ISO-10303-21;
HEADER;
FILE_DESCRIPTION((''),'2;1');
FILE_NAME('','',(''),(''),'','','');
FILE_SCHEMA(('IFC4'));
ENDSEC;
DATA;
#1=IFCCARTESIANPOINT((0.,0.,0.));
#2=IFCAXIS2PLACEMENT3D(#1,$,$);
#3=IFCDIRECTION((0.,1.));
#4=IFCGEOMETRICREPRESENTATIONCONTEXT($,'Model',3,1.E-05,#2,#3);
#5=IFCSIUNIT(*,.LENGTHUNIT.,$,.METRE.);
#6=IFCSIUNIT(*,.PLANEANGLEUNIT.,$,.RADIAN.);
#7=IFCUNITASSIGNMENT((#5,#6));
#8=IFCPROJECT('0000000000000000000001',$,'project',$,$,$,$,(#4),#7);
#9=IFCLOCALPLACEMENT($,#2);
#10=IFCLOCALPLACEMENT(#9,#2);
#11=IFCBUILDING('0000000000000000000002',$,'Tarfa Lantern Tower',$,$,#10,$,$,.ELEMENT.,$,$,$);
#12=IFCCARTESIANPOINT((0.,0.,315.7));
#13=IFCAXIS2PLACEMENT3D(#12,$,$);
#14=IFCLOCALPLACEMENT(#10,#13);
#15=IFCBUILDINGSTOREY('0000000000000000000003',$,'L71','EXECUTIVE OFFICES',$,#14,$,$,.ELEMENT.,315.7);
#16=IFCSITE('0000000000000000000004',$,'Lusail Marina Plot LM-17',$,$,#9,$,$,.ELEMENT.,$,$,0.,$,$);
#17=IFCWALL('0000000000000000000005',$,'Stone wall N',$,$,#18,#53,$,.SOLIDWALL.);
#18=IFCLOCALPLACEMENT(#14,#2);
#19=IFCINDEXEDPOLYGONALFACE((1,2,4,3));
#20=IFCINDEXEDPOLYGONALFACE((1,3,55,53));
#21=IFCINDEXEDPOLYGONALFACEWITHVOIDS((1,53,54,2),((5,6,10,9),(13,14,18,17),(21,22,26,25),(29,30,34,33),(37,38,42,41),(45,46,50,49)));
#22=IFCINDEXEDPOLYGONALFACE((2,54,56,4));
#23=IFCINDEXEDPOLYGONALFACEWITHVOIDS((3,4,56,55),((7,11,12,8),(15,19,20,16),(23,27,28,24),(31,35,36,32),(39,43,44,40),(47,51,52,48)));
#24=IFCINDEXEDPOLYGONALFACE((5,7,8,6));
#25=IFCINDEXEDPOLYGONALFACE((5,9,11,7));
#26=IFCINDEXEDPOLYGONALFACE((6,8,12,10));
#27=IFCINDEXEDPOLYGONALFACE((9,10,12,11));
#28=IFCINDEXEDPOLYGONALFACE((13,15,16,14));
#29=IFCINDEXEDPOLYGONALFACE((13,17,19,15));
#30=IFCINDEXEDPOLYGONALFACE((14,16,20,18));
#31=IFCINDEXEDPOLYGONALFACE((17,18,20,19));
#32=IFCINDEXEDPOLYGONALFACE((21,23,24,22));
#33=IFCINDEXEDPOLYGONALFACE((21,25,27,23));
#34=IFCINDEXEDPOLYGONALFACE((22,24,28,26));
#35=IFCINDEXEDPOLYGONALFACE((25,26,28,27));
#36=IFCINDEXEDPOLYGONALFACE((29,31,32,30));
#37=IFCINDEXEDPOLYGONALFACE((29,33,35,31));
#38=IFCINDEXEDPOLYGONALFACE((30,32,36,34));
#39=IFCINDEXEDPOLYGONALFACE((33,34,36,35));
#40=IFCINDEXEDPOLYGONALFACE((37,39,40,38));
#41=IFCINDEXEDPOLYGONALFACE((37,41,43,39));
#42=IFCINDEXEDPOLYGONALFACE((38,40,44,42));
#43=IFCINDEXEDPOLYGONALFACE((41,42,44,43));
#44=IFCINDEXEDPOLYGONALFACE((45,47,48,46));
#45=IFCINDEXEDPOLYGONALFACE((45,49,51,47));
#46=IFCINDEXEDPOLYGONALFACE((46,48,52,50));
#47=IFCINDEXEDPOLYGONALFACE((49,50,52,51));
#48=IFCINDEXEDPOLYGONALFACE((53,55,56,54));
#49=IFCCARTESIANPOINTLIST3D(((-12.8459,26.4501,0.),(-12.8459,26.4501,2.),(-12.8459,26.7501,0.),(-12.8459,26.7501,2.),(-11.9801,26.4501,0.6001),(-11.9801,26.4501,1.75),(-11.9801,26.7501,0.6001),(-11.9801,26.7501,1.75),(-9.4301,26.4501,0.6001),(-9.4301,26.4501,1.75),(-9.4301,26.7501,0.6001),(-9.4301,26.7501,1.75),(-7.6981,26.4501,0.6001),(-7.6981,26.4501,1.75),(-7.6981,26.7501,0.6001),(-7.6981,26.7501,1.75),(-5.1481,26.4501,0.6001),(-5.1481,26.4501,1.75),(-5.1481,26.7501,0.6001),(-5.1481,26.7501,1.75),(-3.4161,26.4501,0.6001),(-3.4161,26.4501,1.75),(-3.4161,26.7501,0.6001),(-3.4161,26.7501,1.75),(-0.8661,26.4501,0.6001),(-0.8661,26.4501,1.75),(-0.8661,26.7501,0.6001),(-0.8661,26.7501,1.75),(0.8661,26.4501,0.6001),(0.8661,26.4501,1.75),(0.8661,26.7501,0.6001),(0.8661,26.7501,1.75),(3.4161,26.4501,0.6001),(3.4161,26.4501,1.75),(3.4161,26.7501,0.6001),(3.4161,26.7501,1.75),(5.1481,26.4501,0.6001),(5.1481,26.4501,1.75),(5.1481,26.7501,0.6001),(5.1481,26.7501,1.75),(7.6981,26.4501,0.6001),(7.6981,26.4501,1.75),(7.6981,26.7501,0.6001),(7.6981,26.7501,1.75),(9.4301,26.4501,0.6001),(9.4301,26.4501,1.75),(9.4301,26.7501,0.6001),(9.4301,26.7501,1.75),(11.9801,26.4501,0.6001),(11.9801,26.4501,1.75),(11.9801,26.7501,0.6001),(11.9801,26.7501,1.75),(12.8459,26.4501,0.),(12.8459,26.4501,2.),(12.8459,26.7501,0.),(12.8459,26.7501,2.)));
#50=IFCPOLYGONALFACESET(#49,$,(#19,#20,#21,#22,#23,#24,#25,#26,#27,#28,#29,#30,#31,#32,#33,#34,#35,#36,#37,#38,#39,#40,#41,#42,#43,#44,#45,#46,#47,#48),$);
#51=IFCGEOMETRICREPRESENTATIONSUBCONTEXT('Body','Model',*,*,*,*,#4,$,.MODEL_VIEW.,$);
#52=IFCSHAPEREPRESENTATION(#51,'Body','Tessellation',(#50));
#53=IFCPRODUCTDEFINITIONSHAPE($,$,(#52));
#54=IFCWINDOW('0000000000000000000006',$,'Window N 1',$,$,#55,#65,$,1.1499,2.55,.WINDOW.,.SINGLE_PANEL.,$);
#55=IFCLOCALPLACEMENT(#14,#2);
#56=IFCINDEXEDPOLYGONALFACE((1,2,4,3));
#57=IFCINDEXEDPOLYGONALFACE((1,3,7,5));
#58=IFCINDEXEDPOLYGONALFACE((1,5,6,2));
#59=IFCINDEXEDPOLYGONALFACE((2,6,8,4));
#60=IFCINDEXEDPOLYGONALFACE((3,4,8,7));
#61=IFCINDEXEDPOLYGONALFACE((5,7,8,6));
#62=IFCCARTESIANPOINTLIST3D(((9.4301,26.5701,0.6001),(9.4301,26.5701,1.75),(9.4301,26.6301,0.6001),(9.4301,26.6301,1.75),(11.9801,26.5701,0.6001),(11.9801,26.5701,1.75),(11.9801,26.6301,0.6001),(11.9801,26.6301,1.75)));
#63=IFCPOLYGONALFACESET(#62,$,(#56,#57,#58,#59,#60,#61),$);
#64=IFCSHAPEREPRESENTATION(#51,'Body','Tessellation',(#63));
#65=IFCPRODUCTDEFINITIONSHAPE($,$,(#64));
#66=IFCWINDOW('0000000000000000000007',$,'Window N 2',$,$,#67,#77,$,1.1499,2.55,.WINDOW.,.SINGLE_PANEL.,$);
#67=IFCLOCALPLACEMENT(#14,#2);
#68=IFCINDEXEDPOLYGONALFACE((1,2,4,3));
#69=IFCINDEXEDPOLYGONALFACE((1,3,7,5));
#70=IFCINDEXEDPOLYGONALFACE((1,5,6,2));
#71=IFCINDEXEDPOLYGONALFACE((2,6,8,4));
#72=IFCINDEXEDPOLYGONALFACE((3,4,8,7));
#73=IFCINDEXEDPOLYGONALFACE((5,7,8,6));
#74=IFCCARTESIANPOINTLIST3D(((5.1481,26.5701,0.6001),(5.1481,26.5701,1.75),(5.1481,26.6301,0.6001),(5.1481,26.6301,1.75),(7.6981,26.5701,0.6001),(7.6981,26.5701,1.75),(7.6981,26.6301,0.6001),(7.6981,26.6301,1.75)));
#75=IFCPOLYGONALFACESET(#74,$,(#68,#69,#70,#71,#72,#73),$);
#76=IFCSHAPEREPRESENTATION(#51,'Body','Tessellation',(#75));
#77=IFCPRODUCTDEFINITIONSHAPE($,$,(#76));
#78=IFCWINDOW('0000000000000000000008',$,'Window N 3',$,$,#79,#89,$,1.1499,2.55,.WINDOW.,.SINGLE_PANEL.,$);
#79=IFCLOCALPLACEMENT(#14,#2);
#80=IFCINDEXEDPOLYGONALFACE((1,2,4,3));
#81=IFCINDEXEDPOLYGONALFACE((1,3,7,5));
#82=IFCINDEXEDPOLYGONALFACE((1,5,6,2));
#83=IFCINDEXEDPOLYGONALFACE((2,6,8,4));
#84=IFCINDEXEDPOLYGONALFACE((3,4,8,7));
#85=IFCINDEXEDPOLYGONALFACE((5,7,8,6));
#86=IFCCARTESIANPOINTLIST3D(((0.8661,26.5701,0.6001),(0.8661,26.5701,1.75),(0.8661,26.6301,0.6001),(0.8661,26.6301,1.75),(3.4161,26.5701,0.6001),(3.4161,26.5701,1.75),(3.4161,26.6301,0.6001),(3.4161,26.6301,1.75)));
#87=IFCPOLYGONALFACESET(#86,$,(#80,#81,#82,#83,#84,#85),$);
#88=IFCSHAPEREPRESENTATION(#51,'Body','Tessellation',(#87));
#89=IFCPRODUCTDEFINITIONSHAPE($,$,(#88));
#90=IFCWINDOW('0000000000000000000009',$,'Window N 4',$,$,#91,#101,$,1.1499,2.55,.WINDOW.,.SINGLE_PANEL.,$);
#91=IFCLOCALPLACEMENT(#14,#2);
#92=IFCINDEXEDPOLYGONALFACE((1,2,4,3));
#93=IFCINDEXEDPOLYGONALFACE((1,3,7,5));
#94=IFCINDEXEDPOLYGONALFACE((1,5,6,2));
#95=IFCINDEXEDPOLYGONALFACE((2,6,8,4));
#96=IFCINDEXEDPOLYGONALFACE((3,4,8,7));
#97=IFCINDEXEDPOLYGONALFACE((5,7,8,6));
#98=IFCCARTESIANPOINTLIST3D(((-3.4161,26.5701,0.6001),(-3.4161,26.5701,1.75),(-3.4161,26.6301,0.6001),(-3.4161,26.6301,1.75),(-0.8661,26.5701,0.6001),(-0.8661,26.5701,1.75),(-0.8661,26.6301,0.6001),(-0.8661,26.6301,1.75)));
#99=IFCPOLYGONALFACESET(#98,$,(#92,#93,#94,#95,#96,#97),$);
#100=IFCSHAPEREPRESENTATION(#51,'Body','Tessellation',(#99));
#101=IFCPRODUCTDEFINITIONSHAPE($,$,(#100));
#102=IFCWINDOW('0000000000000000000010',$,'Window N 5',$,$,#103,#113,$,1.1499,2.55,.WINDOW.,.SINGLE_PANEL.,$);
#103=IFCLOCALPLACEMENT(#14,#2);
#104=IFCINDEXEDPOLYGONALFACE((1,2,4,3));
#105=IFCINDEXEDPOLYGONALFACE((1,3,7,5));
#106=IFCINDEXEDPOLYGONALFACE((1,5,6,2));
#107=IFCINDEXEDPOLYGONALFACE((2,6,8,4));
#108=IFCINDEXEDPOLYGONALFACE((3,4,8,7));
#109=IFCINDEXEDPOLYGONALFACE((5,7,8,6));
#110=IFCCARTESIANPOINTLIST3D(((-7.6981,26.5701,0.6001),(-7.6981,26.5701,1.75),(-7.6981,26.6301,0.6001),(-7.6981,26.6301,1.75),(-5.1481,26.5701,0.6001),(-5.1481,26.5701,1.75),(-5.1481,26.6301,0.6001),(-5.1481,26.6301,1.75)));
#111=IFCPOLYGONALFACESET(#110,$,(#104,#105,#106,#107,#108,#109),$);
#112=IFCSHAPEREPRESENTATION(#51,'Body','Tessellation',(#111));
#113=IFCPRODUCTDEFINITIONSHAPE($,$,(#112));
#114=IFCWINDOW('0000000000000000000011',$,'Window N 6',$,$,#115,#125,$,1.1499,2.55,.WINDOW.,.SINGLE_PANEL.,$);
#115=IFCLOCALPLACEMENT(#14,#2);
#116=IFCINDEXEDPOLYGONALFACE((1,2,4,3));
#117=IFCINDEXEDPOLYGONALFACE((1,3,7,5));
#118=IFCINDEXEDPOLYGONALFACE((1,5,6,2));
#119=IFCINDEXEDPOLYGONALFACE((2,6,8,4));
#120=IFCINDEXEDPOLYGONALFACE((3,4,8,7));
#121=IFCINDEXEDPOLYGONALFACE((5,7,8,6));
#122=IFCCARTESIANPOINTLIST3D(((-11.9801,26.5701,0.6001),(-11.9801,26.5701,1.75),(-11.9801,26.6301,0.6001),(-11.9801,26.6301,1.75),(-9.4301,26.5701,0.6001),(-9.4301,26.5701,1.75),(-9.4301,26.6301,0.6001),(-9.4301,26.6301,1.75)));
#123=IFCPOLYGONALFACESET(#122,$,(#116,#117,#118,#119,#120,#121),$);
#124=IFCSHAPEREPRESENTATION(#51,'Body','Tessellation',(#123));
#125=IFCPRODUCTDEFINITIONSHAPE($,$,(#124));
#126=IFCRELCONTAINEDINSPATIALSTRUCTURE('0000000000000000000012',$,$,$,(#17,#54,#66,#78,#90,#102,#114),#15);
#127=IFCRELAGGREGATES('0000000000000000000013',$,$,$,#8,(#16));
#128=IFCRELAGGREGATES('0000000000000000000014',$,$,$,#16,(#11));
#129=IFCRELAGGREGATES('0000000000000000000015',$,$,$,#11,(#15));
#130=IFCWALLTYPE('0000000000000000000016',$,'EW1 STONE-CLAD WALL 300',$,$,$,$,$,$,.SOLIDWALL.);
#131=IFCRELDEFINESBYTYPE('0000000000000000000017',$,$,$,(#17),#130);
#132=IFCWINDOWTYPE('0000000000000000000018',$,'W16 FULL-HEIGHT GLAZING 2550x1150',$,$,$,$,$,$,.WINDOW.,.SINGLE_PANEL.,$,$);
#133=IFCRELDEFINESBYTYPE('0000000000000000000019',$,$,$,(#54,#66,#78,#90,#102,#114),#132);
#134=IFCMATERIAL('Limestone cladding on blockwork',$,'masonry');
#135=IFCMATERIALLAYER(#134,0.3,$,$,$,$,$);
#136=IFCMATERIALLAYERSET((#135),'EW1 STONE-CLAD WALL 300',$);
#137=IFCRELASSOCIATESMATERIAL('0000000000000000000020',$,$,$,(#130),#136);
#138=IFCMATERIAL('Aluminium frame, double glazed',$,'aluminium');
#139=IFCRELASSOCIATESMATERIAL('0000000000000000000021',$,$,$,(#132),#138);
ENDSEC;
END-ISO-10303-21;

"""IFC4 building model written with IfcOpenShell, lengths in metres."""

from ifc_helpers import new_model, si_unit, direction, frame, frame_2d, origin, place, context, subcontext, project, spatial, rectangle, extrude, material, layer, layer_set, type_object, element, fill, save


model = new_model("IFC4")

# Units and contexts
model_context = context("Model", 3, precision=1e-05, world=origin(), true_north=direction((0.0, 1.0)))
body_context = subcontext(model_context, "Body", "Model", "MODEL_VIEW")
ifc_project = project(units=[si_unit("LENGTHUNIT", "METRE"), si_unit("PLANEANGLEUNIT", "RADIAN")], contexts=[model_context])

# Site, building, storey
site_placement = place(None, origin())
site = spatial("IfcSite", under=ifc_project, at=site_placement, Name="Lusail Marina Plot LM-17", CompositionType="ELEMENT", RefElevation=0.0)
building_placement = place(site_placement, origin())
building = spatial("IfcBuilding", under=site, at=building_placement, Name="Tarfa Lantern Tower", CompositionType="ELEMENT")
storey_placement = place(building_placement, frame((0.0, 0.0, 315.7)))
storey = spatial("IfcBuildingStorey", under=building, at=storey_placement, Name="L71", Description="EXECUTIVE OFFICES", CompositionType="ELEMENT", Elevation=315.7)

# Wall, openings, windows
ifc_material_1 = material(Name="Limestone cladding on blockwork", Category="masonry")
ifc_layer_1 = layer(ifc_material_1, 0.3)
ifc_layer_set_1 = layer_set([ifc_layer_1], Name="EW1 STONE-CLAD WALL 300")
wall_type = type_object("IfcWallType", Name="EW1 STONE-CLAD WALL 300", PredefinedType="SOLIDWALL", material=ifc_layer_set_1)
wall_placement = place(storey_placement, frame((12.8459, 26.6001, 0.0), z_axis=(0.0, 0.0, 1.0), x_axis=(-1.0, 0.0, 0.0)))
wall = element("IfcWall", 1, at=wall_placement, inside=storey, type_object=wall_type, Name="Stone wall N", PredefinedType="SOLIDWALL", context=body_context, shape_type="SweptSolid", body=[
    extrude(rectangle(XDim=25.6919, YDim=0.3, at=frame_2d((12.8459, 0.0))), origin(), (0.0, 0.0, 1.0), 2.0),
])
opening_1_placement = place(wall_placement, frame((0.866, 0.0, 0.6001)))
opening_1 = element("IfcOpeningElement", 2, at=opening_1_placement, cuts=wall, PredefinedType="OPENING", context=body_context, shape_type="SweptSolid", body=[
    extrude(rectangle(XDim=2.55, YDim=1.1499, at=frame_2d((1.2749, 0.575))), frame((0.0, 0.1599, 0.0), z_axis=(0.0, -1.0, 0.0), x_axis=(1.0, 0.0, 0.0)), (0.0, 0.0, 1.0), 0.3201),
])
opening_2_placement = place(wall_placement, frame((5.1479, 0.0, 0.6001)))
opening_2 = element("IfcOpeningElement", 3, at=opening_2_placement, cuts=wall, PredefinedType="OPENING", context=body_context, shape_type="SweptSolid", body=[
    extrude(rectangle(XDim=2.55, YDim=1.1499, at=frame_2d((1.2749, 0.575))), frame((0.0, 0.1599, 0.0), z_axis=(0.0, -1.0, 0.0), x_axis=(1.0, 0.0, 0.0)), (0.0, 0.0, 1.0), 0.3201),
])
opening_3_placement = place(wall_placement, frame((9.4299, 0.0, 0.6001)))
opening_3 = element("IfcOpeningElement", 4, at=opening_3_placement, cuts=wall, PredefinedType="OPENING", context=body_context, shape_type="SweptSolid", body=[
    extrude(rectangle(XDim=2.55, YDim=1.1499, at=frame_2d((1.2749, 0.575))), frame((0.0, 0.1599, 0.0), z_axis=(0.0, -1.0, 0.0), x_axis=(1.0, 0.0, 0.0)), (0.0, 0.0, 1.0), 0.3201),
])
opening_4_placement = place(wall_placement, frame((13.7122, 0.0, 0.6001)))
opening_4 = element("IfcOpeningElement", 5, at=opening_4_placement, cuts=wall, PredefinedType="OPENING", context=body_context, shape_type="SweptSolid", body=[
    extrude(rectangle(XDim=2.55, YDim=1.1499, at=frame_2d((1.2749, 0.575))), frame((0.0, 0.1599, 0.0), z_axis=(0.0, -1.0, 0.0), x_axis=(1.0, 0.0, 0.0)), (0.0, 0.0, 1.0), 0.3201),
])
opening_5_placement = place(wall_placement, frame((17.9941, 0.0, 0.6001)))
opening_5 = element("IfcOpeningElement", 6, at=opening_5_placement, cuts=wall, PredefinedType="OPENING", context=body_context, shape_type="SweptSolid", body=[
    extrude(rectangle(XDim=2.55, YDim=1.1499, at=frame_2d((1.2749, 0.575))), frame((0.0, 0.1599, 0.0), z_axis=(0.0, -1.0, 0.0), x_axis=(1.0, 0.0, 0.0)), (0.0, 0.0, 1.0), 0.3201),
])
opening_6_placement = place(wall_placement, frame((22.2761, 0.0, 0.6001)))
opening_6 = element("IfcOpeningElement", 7, at=opening_6_placement, cuts=wall, PredefinedType="OPENING", context=body_context, shape_type="SweptSolid", body=[
    extrude(rectangle(XDim=2.55, YDim=1.1499, at=frame_2d((1.2749, 0.575))), frame((0.0, 0.1599, 0.0), z_axis=(0.0, -1.0, 0.0), x_axis=(1.0, 0.0, 0.0)), (0.0, 0.0, 1.0), 0.3201),
])
ifc_material_2 = material(Name="Aluminium frame, double glazed", Category="aluminium")
window_type = type_object("IfcWindowType", Name="W16 FULL-HEIGHT GLAZING 2550x1150", PartitioningType="SINGLE_PANEL", PredefinedType="WINDOW", material=ifc_material_2)
window_1_placement = place(opening_1_placement, origin())
window_1 = element("IfcWindow", 8, at=window_1_placement, inside=storey, type_object=window_type, Name="Window N 1", OverallHeight=1.1499, OverallWidth=2.55, PartitioningType="SINGLE_PANEL", PredefinedType="WINDOW", context=body_context, shape_type="SweptSolid", body=[
    extrude(rectangle(XDim=2.55, YDim=1.1499, at=frame_2d((1.2749, 0.575))), frame((0.0, 0.03, 0.0), z_axis=(0.0, -1.0, 0.0), x_axis=(1.0, 0.0, 0.0)), (0.0, 0.0, 1.0), 0.0601),
])
fill(opening_1, window_1)
window_2_placement = place(opening_2_placement, origin())
window_2 = element("IfcWindow", 9, at=window_2_placement, inside=storey, type_object=window_type, Name="Window N 2", OverallHeight=1.1499, OverallWidth=2.55, PartitioningType="SINGLE_PANEL", PredefinedType="WINDOW", context=body_context, shape_type="SweptSolid", body=[
    extrude(rectangle(XDim=2.55, YDim=1.1499, at=frame_2d((1.2749, 0.575))), frame((0.0, 0.03, 0.0), z_axis=(0.0, -1.0, 0.0), x_axis=(1.0, 0.0, 0.0)), (0.0, 0.0, 1.0), 0.0601),
])
fill(opening_2, window_2)
window_3_placement = place(opening_3_placement, origin())
window_3 = element("IfcWindow", 10, at=window_3_placement, inside=storey, type_object=window_type, Name="Window N 3", OverallHeight=1.1499, OverallWidth=2.55, PartitioningType="SINGLE_PANEL", PredefinedType="WINDOW", context=body_context, shape_type="SweptSolid", body=[
    extrude(rectangle(XDim=2.55, YDim=1.1499, at=frame_2d((1.2749, 0.575))), frame((0.0, 0.03, 0.0), z_axis=(0.0, -1.0, 0.0), x_axis=(1.0, 0.0, 0.0)), (0.0, 0.0, 1.0), 0.0601),
])
fill(opening_3, window_3)
window_4_placement = place(opening_4_placement, origin())
window_4 = element("IfcWindow", 11, at=window_4_placement, inside=storey, type_object=window_type, Name="Window N 4", OverallHeight=1.1499, OverallWidth=2.55, PartitioningType="SINGLE_PANEL", PredefinedType="WINDOW", context=body_context, shape_type="SweptSolid", body=[
    extrude(rectangle(XDim=2.55, YDim=1.1499, at=frame_2d((1.2749, 0.575))), frame((0.0, 0.03, 0.0), z_axis=(0.0, -1.0, 0.0), x_axis=(1.0, 0.0, 0.0)), (0.0, 0.0, 1.0), 0.0601),
])
fill(opening_4, window_4)
window_5_placement = place(opening_5_placement, origin())
window_5 = element("IfcWindow", 12, at=window_5_placement, inside=storey, type_object=window_type, Name="Window N 5", OverallHeight=1.1499, OverallWidth=2.55, PartitioningType="SINGLE_PANEL", PredefinedType="WINDOW", context=body_context, shape_type="SweptSolid", body=[
    extrude(rectangle(XDim=2.55, YDim=1.1499, at=frame_2d((1.2749, 0.575))), frame((0.0, 0.03, 0.0), z_axis=(0.0, -1.0, 0.0), x_axis=(1.0, 0.0, 0.0)), (0.0, 0.0, 1.0), 0.0601),
])
fill(opening_5, window_5)
window_6_placement = place(opening_6_placement, origin())
window_6 = element("IfcWindow", 13, at=window_6_placement, inside=storey, type_object=window_type, Name="Window N 6", OverallHeight=1.1499, OverallWidth=2.55, PartitioningType="SINGLE_PANEL", PredefinedType="WINDOW", context=body_context, shape_type="SweptSolid", body=[
    extrude(rectangle(XDim=2.55, YDim=1.1499, at=frame_2d((1.2749, 0.575))), frame((0.0, 0.03, 0.0), z_axis=(0.0, -1.0, 0.0), x_axis=(1.0, 0.0, 0.0)), (0.0, 0.0, 1.0), 0.0601),
])
fill(opening_6, window_6)

save(model, "model.ifc")
